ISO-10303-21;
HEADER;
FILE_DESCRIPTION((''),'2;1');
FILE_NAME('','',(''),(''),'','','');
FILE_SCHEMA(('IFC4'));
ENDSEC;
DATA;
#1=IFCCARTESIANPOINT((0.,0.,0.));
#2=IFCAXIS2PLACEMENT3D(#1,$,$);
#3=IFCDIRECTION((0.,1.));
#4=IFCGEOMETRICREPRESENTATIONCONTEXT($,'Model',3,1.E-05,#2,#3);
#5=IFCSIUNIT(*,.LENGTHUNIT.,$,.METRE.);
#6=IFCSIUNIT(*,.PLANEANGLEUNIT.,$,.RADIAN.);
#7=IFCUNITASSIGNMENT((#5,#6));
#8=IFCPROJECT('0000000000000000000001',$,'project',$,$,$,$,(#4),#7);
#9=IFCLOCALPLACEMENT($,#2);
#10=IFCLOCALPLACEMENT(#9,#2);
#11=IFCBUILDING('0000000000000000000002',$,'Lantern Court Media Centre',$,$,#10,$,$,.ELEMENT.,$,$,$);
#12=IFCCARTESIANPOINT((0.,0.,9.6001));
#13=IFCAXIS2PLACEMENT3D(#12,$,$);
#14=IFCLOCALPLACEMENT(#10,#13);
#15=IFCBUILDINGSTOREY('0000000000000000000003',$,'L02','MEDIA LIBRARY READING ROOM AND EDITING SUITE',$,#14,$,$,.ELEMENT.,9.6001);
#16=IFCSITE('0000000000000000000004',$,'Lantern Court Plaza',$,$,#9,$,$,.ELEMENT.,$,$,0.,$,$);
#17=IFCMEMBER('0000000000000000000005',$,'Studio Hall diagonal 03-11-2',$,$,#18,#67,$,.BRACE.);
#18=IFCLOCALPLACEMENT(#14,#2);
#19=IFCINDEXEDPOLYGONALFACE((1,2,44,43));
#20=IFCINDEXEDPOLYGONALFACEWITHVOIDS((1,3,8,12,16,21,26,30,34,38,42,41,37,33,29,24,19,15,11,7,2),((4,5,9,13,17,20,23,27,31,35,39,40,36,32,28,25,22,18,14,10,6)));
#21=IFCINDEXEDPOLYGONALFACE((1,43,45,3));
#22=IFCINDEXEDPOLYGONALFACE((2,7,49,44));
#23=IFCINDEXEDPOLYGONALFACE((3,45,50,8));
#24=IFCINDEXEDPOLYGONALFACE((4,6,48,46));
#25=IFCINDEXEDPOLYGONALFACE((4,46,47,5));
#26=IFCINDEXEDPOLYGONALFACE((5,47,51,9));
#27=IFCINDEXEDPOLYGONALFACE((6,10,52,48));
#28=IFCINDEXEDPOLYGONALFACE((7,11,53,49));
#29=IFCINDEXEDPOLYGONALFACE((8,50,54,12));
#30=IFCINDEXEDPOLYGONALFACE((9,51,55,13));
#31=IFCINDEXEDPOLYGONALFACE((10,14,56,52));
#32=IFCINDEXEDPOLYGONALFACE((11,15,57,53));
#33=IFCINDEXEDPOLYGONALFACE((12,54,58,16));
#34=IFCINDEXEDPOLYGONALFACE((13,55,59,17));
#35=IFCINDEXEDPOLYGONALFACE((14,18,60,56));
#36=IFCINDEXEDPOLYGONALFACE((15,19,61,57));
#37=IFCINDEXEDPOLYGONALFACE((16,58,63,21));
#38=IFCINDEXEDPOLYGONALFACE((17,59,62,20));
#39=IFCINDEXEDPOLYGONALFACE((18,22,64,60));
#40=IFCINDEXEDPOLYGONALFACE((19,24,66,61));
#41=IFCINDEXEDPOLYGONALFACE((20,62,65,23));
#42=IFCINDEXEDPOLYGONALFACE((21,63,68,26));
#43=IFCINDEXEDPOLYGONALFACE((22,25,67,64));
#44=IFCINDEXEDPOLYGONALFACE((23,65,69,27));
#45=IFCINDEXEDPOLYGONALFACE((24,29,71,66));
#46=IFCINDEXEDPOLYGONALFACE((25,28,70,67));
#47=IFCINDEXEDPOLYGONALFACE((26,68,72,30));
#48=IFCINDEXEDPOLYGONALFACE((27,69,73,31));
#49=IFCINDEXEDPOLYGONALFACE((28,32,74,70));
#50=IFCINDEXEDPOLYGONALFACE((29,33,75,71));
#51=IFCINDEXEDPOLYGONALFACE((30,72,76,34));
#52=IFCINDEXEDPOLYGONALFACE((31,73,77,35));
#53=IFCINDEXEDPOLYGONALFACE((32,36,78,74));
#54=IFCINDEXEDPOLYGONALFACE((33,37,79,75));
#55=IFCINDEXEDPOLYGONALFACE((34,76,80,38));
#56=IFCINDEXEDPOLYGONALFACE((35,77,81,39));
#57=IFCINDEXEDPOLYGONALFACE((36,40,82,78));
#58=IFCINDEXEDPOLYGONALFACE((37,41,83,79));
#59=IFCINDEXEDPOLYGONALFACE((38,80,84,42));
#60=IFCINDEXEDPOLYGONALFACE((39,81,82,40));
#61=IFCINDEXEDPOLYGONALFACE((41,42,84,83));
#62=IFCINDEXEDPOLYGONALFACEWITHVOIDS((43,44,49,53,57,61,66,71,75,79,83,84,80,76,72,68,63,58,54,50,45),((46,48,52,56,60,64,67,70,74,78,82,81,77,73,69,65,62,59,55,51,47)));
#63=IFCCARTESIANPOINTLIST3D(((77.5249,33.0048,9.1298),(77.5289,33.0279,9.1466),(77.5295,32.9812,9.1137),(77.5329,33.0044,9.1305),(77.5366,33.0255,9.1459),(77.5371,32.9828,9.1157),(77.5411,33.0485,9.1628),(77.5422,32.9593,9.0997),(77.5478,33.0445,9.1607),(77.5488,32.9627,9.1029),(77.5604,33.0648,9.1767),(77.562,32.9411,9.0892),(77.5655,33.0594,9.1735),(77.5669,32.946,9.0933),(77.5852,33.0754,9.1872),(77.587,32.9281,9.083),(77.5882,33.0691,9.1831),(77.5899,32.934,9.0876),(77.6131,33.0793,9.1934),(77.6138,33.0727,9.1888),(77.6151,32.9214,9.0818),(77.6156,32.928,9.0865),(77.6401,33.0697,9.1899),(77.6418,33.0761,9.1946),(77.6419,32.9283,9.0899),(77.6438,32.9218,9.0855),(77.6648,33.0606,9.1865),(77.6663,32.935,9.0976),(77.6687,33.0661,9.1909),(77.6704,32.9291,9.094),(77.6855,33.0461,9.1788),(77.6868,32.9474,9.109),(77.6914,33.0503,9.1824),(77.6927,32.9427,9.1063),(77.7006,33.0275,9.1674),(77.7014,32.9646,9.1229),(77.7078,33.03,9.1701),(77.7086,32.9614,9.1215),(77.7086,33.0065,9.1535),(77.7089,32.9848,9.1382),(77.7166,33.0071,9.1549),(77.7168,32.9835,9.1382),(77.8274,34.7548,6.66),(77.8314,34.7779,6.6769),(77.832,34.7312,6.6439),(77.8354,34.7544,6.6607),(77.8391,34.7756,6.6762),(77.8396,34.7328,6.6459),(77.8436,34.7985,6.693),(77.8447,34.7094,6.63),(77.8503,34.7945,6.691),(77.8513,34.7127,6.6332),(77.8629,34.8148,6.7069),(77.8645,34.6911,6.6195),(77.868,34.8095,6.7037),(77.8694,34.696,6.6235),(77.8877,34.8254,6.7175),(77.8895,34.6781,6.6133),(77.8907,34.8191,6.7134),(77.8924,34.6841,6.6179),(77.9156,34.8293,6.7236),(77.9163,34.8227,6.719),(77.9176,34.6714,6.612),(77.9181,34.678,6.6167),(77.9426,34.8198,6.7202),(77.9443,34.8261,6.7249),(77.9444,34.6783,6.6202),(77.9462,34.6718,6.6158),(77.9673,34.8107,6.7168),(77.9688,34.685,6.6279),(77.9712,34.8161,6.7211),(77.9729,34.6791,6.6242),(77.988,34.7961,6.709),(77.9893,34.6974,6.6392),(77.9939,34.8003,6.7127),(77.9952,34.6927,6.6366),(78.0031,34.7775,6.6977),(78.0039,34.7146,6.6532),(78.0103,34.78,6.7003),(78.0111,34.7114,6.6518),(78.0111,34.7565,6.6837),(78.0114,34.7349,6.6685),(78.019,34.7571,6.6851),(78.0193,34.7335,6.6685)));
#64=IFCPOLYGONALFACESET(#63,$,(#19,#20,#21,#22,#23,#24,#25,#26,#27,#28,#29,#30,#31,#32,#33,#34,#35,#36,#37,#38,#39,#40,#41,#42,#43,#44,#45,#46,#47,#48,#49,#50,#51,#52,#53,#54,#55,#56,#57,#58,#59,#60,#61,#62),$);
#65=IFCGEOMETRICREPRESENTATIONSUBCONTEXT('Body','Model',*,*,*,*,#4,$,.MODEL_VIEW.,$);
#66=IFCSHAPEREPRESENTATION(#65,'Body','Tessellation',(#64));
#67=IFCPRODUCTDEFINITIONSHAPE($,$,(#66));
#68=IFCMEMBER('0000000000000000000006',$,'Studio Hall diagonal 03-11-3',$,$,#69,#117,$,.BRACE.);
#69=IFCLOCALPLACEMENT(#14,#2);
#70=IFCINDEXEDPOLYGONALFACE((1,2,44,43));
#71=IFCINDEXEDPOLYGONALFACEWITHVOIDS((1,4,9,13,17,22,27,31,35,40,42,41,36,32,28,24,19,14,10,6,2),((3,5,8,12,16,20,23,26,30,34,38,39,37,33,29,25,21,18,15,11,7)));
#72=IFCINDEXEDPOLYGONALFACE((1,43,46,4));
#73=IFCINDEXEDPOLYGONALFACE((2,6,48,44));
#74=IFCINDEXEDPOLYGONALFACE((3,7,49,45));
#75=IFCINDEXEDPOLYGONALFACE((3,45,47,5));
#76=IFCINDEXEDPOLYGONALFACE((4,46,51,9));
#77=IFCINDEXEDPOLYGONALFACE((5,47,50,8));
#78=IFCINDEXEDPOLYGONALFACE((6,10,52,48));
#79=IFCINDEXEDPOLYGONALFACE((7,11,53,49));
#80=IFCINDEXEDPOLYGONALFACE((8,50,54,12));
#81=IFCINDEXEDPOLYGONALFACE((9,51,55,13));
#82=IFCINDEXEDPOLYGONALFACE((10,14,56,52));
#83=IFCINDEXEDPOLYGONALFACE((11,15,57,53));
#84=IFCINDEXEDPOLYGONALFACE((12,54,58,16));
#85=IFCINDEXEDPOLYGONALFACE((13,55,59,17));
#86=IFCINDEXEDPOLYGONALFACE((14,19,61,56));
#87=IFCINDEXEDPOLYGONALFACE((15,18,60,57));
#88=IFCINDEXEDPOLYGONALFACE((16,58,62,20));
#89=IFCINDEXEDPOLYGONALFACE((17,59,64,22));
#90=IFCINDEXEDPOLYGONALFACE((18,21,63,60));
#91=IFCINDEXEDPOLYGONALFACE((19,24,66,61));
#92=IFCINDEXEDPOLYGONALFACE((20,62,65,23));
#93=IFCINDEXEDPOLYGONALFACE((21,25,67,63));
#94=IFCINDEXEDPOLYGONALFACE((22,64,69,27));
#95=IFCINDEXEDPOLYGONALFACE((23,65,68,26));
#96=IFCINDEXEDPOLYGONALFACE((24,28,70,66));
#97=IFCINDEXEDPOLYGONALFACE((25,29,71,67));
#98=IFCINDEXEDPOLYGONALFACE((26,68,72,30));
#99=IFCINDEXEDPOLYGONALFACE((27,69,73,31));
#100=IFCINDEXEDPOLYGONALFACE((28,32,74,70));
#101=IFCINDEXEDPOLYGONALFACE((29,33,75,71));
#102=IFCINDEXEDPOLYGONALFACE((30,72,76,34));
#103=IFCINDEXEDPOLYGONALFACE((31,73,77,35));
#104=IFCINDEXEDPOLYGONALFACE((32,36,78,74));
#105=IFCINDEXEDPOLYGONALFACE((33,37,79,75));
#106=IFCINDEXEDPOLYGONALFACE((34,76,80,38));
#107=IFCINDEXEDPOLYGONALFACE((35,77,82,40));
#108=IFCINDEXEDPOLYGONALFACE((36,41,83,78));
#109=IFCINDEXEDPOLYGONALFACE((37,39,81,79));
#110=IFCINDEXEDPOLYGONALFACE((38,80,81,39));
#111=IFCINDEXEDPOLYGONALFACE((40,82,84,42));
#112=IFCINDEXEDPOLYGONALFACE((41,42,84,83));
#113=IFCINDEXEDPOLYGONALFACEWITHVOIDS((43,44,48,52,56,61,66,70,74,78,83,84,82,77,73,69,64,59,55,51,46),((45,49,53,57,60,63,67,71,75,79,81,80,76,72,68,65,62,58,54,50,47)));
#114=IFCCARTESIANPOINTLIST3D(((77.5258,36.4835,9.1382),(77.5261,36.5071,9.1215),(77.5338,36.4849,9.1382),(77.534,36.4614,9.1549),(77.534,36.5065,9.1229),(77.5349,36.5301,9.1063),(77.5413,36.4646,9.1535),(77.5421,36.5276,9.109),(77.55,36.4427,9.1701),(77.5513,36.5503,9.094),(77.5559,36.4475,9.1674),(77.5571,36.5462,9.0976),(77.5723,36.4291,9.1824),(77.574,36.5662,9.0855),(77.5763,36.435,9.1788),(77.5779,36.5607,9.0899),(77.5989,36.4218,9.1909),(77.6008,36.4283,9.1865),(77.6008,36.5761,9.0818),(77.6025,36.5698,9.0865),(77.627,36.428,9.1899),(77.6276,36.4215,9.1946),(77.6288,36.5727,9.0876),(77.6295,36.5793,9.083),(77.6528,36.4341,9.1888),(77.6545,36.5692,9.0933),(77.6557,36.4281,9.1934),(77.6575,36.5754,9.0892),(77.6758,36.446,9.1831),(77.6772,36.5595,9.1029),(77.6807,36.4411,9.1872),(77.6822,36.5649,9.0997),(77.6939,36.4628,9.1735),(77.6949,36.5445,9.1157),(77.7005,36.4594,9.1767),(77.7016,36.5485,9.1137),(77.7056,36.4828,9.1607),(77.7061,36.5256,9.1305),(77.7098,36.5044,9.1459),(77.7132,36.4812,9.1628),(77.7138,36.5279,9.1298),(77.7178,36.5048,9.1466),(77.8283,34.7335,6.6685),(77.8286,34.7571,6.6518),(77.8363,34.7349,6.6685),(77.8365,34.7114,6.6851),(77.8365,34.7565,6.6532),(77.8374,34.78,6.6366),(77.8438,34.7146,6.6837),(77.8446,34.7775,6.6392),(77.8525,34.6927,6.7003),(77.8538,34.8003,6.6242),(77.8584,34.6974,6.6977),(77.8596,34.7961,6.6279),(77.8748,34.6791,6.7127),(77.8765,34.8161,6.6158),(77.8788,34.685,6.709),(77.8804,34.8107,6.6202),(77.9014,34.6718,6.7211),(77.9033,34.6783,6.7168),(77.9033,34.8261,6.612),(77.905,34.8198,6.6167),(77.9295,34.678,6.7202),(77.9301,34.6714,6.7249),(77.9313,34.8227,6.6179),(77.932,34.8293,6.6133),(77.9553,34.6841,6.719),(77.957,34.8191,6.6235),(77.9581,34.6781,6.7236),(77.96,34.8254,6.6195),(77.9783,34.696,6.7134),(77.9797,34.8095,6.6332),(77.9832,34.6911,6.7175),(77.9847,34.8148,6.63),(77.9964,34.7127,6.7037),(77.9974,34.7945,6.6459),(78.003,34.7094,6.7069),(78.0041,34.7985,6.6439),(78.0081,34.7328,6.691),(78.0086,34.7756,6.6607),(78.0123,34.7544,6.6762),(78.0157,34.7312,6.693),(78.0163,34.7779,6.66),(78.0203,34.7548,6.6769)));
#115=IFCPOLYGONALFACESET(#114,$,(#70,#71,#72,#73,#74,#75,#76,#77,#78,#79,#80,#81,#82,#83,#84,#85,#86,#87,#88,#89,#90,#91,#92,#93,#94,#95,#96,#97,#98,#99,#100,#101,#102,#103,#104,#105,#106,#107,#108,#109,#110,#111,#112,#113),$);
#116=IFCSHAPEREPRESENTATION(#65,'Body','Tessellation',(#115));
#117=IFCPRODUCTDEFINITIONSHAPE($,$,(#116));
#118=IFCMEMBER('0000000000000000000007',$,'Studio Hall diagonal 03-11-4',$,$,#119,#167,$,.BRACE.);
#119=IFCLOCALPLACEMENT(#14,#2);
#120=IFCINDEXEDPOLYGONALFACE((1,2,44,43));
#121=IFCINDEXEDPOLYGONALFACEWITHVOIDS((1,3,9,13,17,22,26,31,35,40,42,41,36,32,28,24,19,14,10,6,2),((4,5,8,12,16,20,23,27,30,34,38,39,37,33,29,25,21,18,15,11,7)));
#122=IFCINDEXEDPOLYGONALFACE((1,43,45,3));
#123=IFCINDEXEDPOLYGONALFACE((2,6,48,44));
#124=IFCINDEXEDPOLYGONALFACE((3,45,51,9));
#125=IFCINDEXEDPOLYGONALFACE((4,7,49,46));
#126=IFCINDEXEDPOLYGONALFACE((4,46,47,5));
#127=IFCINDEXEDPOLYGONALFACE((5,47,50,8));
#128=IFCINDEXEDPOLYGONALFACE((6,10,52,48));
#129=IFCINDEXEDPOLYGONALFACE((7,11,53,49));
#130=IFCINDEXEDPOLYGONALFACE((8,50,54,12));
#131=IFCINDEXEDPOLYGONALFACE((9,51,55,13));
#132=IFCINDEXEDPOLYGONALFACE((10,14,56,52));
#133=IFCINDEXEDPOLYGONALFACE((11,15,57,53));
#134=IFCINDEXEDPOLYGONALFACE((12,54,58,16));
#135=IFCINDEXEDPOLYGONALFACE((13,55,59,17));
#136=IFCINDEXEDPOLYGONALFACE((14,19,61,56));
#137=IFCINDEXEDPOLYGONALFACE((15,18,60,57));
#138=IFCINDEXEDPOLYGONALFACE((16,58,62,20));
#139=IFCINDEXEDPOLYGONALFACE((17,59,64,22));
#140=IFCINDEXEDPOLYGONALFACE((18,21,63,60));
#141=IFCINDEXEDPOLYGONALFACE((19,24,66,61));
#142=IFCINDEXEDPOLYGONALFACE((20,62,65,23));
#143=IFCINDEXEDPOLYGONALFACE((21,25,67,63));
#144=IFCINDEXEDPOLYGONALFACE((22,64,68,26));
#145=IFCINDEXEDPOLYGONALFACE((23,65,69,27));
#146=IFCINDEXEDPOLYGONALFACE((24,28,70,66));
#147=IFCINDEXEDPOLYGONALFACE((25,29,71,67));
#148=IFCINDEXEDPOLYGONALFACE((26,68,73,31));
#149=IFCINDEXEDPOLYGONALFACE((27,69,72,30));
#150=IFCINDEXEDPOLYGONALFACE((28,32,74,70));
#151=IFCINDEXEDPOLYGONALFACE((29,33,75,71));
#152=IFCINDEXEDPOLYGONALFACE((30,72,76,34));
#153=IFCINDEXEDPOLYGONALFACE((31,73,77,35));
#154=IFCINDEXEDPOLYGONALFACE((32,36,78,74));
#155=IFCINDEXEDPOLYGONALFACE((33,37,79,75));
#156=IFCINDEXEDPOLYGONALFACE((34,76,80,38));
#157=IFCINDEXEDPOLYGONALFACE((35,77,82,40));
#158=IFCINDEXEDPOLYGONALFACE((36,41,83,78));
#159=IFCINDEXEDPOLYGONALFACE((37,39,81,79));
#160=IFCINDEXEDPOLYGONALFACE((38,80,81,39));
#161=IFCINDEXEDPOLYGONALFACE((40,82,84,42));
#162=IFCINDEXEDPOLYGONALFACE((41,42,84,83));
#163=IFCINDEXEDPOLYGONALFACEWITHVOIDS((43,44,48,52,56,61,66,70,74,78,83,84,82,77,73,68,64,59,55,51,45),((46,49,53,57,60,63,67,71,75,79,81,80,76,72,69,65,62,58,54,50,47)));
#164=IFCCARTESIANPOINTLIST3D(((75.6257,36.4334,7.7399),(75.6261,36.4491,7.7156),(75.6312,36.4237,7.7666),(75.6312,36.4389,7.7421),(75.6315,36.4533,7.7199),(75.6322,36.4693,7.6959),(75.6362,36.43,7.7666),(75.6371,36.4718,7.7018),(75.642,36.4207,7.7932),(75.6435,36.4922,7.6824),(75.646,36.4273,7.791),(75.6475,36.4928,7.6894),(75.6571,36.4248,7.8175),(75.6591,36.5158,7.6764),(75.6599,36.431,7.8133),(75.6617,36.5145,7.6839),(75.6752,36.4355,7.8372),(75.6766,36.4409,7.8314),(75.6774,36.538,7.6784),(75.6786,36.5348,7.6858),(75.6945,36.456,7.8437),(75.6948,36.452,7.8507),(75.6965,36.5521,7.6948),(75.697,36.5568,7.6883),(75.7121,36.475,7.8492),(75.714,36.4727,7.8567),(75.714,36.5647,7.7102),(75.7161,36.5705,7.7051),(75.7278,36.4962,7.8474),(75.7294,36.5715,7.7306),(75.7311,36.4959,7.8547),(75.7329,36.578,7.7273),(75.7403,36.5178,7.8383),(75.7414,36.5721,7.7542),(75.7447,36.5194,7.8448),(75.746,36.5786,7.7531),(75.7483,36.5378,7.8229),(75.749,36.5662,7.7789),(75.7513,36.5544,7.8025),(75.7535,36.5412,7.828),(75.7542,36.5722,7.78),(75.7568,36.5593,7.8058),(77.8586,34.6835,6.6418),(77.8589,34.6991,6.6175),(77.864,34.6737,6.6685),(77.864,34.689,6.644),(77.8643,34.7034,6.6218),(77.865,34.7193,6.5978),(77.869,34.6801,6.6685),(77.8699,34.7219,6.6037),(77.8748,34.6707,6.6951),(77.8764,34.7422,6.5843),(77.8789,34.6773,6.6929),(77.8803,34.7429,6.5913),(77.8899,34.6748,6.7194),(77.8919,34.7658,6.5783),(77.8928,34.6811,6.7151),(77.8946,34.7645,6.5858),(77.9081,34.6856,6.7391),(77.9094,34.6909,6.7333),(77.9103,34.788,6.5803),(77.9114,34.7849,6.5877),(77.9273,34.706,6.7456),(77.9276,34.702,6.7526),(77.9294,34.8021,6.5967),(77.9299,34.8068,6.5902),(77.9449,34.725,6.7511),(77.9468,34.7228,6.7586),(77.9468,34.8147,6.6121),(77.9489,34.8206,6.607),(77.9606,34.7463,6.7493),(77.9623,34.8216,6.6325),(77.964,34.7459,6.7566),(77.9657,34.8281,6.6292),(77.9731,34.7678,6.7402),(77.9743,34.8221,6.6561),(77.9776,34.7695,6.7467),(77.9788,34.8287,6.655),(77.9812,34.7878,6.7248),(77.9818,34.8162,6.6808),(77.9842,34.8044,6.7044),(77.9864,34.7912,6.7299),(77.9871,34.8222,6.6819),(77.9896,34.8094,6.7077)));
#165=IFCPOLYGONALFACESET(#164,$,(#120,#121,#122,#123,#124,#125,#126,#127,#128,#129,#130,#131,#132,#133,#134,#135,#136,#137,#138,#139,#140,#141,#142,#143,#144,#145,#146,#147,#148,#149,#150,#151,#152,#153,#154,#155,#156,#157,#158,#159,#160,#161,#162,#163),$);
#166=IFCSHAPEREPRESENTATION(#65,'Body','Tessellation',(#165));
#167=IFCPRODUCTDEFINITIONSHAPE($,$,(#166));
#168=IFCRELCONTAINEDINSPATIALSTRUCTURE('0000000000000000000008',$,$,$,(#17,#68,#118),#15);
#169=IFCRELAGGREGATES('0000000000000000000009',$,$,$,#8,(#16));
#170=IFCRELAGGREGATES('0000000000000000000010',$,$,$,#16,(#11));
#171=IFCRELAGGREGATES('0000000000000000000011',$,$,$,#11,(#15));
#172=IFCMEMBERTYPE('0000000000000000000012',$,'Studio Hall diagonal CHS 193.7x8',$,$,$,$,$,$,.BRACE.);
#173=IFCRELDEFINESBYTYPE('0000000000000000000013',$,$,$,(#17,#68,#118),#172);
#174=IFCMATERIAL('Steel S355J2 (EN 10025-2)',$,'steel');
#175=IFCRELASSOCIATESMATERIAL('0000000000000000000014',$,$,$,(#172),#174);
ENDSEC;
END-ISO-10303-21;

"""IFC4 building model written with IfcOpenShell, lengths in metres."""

from ifc_helpers import new_model, si_unit, direction, frame, origin, origin_2d, place, context, subcontext, project, spatial, hollow_circle, extrude, material, material_profile, profile_set, type_object, element, save


model = new_model("IFC4")

# Units and contexts
model_context = context("Model", 3, precision=1e-05, world=origin(), true_north=direction((0.0, 1.0)))
body_context = subcontext(model_context, "Body", "Model", "MODEL_VIEW")
ifc_project = project(units=[si_unit("LENGTHUNIT", "METRE"), si_unit("PLANEANGLEUNIT", "RADIAN")], contexts=[model_context])

# Site, building, storey
site_placement = place(None, origin())
site = spatial("IfcSite", under=ifc_project, at=site_placement, Name="Lantern Court Plaza", CompositionType="ELEMENT", RefElevation=0.0)
building_placement = place(site_placement, origin())
building = spatial("IfcBuilding", under=site, at=building_placement, Name="Lantern Court Media Centre", CompositionType="ELEMENT")
storey_placement = place(building_placement, frame((0.0, 0.0, 9.6001)))
storey = spatial("IfcBuildingStorey", under=building, at=storey_placement, Name="L02", Description="MEDIA LIBRARY READING ROOM AND EDITING SUITE", CompositionType="ELEMENT", Elevation=9.6001)

# Members
ifc_material = material(Name="Steel S355J2 (EN 10025-2)", Category="steel")
ifc_material_profile_1 = material_profile(ifc_material, hollow_circle(Radius=0.0969, WallThickness=0.0081, at=origin_2d()), Name="Studio Hall diagonal CHS 193.7x8")
ifc_profile_set_1 = profile_set([ifc_material_profile_1], Name="Steel S355J2 (EN 10025-2)")
member_type_1 = type_object("IfcMemberType", Name="Studio Hall diagonal CHS 193.7x8", PredefinedType="BRACE", material=ifc_profile_set_1)
for number, where, z_axis, x_axis, name in (
    (1, (77.9238, 34.75, 6.6685), (-0.099439, -0.575286, 0.811885), (0.985388, -0.170326, 0.0), "Studio Hall diagonal 03-11-2"),
    (2, (77.9238, 34.75, 6.6685), (-0.099439, 0.575286, 0.811885), (-0.985388, -0.170326, 0.0), "Studio Hall diagonal 03-11-3"),
    (3, (77.9238, 34.75, 6.6685), (-0.734005, 0.575262, 0.360984), (-0.616856, -0.787076, 0.0), "Studio Hall diagonal 03-11-4"),
):
    element("IfcMember", number, at=place(storey_placement, frame(where, z_axis=z_axis, x_axis=x_axis)), inside=storey, type_object=member_type_1, Name=name, PredefinedType="BRACE", context=body_context, shape_type="SweptSolid", body=[
        extrude(hollow_circle(Radius=0.0969, WallThickness=0.0081, at=origin_2d()), origin(), (0.0, 0.0, 1.0), 3.042),
    ])

save(model, "model.ifc")
